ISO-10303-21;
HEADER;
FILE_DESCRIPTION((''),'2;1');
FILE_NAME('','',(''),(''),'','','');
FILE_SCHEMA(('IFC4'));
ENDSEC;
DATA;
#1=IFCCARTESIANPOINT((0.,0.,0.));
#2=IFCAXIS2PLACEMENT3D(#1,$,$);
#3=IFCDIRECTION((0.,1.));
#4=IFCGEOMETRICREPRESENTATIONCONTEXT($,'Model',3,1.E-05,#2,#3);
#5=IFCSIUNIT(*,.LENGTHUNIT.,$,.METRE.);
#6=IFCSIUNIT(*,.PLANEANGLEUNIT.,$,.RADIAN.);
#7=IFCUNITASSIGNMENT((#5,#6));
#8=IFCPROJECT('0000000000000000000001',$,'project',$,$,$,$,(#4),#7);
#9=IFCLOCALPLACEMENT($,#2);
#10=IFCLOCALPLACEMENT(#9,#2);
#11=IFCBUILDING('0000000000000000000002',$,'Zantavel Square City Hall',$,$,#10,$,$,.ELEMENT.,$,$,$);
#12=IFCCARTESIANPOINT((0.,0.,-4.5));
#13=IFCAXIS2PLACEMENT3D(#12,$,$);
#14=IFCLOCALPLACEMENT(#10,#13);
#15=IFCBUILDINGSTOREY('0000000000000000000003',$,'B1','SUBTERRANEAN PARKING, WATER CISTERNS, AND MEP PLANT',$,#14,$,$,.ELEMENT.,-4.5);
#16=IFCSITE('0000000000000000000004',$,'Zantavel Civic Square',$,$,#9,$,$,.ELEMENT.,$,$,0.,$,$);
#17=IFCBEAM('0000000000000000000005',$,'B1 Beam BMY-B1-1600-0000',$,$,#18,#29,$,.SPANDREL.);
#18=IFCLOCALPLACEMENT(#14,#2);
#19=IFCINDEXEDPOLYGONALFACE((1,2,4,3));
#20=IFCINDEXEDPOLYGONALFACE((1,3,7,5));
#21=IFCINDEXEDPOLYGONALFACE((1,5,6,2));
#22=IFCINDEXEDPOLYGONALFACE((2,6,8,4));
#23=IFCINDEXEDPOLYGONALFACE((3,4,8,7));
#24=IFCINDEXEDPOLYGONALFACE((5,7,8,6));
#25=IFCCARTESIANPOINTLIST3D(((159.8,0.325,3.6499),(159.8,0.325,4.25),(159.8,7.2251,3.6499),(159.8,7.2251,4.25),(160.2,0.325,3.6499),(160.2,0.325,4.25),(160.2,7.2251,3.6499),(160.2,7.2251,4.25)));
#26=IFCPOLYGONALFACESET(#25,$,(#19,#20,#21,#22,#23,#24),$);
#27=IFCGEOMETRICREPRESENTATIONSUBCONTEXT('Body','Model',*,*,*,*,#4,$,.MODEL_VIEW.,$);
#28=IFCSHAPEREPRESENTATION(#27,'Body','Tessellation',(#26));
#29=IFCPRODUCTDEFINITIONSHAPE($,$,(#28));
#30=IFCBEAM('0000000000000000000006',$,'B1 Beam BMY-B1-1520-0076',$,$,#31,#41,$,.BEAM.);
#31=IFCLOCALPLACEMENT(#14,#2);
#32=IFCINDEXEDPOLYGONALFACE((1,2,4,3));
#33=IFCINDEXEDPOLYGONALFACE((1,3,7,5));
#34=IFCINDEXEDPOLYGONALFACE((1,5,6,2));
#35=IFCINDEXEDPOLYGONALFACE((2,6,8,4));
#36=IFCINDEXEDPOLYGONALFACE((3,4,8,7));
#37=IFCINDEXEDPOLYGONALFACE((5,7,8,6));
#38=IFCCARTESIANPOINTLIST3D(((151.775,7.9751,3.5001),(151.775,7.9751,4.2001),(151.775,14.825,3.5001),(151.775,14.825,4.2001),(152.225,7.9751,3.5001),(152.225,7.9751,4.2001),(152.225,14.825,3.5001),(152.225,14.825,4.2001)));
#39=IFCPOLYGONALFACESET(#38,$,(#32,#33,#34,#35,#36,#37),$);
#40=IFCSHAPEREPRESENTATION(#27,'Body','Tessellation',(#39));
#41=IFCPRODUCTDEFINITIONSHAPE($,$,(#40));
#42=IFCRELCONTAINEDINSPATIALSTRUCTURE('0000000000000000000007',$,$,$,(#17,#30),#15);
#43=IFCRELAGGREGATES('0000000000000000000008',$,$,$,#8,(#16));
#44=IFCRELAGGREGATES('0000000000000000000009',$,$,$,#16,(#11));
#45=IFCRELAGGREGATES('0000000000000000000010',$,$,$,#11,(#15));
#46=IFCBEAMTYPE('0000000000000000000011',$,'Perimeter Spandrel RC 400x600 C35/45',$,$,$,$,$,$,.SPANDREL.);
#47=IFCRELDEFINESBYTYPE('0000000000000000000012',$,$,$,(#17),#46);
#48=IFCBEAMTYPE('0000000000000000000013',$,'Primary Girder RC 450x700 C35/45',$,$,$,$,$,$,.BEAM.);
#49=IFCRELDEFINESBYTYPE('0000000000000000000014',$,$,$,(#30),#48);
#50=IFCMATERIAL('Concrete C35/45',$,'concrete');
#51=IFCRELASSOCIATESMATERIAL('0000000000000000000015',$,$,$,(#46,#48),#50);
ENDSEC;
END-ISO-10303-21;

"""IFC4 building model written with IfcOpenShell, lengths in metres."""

from ifc_helpers import new_model, si_unit, direction, frame, origin, origin_2d, place, context, subcontext, project, spatial, rectangle, extrude, material, material_profile, profile_set, type_object, element, save


model = new_model("IFC4")

# Units and contexts
model_context = context("Model", 3, precision=1e-05, world=origin(), true_north=direction((0.0, 1.0)))
body_context = subcontext(model_context, "Body", "Model", "MODEL_VIEW")
ifc_project = project(units=[si_unit("LENGTHUNIT", "METRE"), si_unit("PLANEANGLEUNIT", "RADIAN")], contexts=[model_context])

# Site, building, storey
site_placement = place(None, origin())
site = spatial("IfcSite", under=ifc_project, at=site_placement, Name="Zantavel Civic Square", CompositionType="ELEMENT", RefElevation=0.0)
building_placement = place(site_placement, origin())
building = spatial("IfcBuilding", under=site, at=building_placement, Name="Zantavel Square City Hall", CompositionType="ELEMENT")
storey_placement = place(building_placement, frame((0.0, 0.0, -4.5)))
storey = spatial("IfcBuildingStorey", under=building, at=storey_placement, Name="B1", Description="SUBTERRANEAN PARKING, WATER CISTERNS, AND MEP PLANT", CompositionType="ELEMENT", Elevation=-4.5)

# Shared definitions
ifc_material_1 = material(Name="Concrete C35/45", Category="concrete")

# Beams
ifc_material_profile_1 = material_profile(ifc_material_1, rectangle(XDim=0.3999, YDim=0.6001, at=origin_2d()), Name="RC 400x600")
ifc_profile_set_1 = profile_set([ifc_material_profile_1], Name="Concrete C35/45")
beam_type_1 = type_object("IfcBeamType", Name="Perimeter Spandrel RC 400x600 C35/45", PredefinedType="SPANDREL", material=ifc_profile_set_1)
beam_1_placement = place(storey_placement, frame((160.0, 0.325, 3.95), z_axis=(0.0, 1.0, 0.0), x_axis=(-1.0, 0.0, 0.0)))
element("IfcBeam", 1, at=beam_1_placement, inside=storey, type_object=beam_type_1, Name="B1 Beam BMY-B1-1600-0000", PredefinedType="SPANDREL", context=body_context, shape_type="SweptSolid", body=[
    extrude(rectangle(XDim=0.3999, YDim=0.6001, at=origin_2d()), origin(), (0.0, 0.0, 1.0), 6.9001),
])
ifc_material_profile_2 = material_profile(ifc_material_1, rectangle(XDim=0.45, YDim=0.7, at=origin_2d()), Name="RC 450x700")
ifc_profile_set_2 = profile_set([ifc_material_profile_2], Name="Concrete C35/45")
beam_type_2 = type_object("IfcBeamType", Name="Primary Girder RC 450x700 C35/45", PredefinedType="BEAM", material=ifc_profile_set_2)
beam_2_placement = place(storey_placement, frame((152.0, 7.9751, 3.8501), z_axis=(0.0, 1.0, 0.0), x_axis=(-1.0, 0.0, 0.0)))
element("IfcBeam", 2, at=beam_2_placement, inside=storey, type_object=beam_type_2, Name="B1 Beam BMY-B1-1520-0076", PredefinedType="BEAM", context=body_context, shape_type="SweptSolid", body=[
    extrude(rectangle(XDim=0.45, YDim=0.7, at=origin_2d()), origin(), (0.0, 0.0, 1.0), 6.8499),
])

save(model, "model.ifc")
